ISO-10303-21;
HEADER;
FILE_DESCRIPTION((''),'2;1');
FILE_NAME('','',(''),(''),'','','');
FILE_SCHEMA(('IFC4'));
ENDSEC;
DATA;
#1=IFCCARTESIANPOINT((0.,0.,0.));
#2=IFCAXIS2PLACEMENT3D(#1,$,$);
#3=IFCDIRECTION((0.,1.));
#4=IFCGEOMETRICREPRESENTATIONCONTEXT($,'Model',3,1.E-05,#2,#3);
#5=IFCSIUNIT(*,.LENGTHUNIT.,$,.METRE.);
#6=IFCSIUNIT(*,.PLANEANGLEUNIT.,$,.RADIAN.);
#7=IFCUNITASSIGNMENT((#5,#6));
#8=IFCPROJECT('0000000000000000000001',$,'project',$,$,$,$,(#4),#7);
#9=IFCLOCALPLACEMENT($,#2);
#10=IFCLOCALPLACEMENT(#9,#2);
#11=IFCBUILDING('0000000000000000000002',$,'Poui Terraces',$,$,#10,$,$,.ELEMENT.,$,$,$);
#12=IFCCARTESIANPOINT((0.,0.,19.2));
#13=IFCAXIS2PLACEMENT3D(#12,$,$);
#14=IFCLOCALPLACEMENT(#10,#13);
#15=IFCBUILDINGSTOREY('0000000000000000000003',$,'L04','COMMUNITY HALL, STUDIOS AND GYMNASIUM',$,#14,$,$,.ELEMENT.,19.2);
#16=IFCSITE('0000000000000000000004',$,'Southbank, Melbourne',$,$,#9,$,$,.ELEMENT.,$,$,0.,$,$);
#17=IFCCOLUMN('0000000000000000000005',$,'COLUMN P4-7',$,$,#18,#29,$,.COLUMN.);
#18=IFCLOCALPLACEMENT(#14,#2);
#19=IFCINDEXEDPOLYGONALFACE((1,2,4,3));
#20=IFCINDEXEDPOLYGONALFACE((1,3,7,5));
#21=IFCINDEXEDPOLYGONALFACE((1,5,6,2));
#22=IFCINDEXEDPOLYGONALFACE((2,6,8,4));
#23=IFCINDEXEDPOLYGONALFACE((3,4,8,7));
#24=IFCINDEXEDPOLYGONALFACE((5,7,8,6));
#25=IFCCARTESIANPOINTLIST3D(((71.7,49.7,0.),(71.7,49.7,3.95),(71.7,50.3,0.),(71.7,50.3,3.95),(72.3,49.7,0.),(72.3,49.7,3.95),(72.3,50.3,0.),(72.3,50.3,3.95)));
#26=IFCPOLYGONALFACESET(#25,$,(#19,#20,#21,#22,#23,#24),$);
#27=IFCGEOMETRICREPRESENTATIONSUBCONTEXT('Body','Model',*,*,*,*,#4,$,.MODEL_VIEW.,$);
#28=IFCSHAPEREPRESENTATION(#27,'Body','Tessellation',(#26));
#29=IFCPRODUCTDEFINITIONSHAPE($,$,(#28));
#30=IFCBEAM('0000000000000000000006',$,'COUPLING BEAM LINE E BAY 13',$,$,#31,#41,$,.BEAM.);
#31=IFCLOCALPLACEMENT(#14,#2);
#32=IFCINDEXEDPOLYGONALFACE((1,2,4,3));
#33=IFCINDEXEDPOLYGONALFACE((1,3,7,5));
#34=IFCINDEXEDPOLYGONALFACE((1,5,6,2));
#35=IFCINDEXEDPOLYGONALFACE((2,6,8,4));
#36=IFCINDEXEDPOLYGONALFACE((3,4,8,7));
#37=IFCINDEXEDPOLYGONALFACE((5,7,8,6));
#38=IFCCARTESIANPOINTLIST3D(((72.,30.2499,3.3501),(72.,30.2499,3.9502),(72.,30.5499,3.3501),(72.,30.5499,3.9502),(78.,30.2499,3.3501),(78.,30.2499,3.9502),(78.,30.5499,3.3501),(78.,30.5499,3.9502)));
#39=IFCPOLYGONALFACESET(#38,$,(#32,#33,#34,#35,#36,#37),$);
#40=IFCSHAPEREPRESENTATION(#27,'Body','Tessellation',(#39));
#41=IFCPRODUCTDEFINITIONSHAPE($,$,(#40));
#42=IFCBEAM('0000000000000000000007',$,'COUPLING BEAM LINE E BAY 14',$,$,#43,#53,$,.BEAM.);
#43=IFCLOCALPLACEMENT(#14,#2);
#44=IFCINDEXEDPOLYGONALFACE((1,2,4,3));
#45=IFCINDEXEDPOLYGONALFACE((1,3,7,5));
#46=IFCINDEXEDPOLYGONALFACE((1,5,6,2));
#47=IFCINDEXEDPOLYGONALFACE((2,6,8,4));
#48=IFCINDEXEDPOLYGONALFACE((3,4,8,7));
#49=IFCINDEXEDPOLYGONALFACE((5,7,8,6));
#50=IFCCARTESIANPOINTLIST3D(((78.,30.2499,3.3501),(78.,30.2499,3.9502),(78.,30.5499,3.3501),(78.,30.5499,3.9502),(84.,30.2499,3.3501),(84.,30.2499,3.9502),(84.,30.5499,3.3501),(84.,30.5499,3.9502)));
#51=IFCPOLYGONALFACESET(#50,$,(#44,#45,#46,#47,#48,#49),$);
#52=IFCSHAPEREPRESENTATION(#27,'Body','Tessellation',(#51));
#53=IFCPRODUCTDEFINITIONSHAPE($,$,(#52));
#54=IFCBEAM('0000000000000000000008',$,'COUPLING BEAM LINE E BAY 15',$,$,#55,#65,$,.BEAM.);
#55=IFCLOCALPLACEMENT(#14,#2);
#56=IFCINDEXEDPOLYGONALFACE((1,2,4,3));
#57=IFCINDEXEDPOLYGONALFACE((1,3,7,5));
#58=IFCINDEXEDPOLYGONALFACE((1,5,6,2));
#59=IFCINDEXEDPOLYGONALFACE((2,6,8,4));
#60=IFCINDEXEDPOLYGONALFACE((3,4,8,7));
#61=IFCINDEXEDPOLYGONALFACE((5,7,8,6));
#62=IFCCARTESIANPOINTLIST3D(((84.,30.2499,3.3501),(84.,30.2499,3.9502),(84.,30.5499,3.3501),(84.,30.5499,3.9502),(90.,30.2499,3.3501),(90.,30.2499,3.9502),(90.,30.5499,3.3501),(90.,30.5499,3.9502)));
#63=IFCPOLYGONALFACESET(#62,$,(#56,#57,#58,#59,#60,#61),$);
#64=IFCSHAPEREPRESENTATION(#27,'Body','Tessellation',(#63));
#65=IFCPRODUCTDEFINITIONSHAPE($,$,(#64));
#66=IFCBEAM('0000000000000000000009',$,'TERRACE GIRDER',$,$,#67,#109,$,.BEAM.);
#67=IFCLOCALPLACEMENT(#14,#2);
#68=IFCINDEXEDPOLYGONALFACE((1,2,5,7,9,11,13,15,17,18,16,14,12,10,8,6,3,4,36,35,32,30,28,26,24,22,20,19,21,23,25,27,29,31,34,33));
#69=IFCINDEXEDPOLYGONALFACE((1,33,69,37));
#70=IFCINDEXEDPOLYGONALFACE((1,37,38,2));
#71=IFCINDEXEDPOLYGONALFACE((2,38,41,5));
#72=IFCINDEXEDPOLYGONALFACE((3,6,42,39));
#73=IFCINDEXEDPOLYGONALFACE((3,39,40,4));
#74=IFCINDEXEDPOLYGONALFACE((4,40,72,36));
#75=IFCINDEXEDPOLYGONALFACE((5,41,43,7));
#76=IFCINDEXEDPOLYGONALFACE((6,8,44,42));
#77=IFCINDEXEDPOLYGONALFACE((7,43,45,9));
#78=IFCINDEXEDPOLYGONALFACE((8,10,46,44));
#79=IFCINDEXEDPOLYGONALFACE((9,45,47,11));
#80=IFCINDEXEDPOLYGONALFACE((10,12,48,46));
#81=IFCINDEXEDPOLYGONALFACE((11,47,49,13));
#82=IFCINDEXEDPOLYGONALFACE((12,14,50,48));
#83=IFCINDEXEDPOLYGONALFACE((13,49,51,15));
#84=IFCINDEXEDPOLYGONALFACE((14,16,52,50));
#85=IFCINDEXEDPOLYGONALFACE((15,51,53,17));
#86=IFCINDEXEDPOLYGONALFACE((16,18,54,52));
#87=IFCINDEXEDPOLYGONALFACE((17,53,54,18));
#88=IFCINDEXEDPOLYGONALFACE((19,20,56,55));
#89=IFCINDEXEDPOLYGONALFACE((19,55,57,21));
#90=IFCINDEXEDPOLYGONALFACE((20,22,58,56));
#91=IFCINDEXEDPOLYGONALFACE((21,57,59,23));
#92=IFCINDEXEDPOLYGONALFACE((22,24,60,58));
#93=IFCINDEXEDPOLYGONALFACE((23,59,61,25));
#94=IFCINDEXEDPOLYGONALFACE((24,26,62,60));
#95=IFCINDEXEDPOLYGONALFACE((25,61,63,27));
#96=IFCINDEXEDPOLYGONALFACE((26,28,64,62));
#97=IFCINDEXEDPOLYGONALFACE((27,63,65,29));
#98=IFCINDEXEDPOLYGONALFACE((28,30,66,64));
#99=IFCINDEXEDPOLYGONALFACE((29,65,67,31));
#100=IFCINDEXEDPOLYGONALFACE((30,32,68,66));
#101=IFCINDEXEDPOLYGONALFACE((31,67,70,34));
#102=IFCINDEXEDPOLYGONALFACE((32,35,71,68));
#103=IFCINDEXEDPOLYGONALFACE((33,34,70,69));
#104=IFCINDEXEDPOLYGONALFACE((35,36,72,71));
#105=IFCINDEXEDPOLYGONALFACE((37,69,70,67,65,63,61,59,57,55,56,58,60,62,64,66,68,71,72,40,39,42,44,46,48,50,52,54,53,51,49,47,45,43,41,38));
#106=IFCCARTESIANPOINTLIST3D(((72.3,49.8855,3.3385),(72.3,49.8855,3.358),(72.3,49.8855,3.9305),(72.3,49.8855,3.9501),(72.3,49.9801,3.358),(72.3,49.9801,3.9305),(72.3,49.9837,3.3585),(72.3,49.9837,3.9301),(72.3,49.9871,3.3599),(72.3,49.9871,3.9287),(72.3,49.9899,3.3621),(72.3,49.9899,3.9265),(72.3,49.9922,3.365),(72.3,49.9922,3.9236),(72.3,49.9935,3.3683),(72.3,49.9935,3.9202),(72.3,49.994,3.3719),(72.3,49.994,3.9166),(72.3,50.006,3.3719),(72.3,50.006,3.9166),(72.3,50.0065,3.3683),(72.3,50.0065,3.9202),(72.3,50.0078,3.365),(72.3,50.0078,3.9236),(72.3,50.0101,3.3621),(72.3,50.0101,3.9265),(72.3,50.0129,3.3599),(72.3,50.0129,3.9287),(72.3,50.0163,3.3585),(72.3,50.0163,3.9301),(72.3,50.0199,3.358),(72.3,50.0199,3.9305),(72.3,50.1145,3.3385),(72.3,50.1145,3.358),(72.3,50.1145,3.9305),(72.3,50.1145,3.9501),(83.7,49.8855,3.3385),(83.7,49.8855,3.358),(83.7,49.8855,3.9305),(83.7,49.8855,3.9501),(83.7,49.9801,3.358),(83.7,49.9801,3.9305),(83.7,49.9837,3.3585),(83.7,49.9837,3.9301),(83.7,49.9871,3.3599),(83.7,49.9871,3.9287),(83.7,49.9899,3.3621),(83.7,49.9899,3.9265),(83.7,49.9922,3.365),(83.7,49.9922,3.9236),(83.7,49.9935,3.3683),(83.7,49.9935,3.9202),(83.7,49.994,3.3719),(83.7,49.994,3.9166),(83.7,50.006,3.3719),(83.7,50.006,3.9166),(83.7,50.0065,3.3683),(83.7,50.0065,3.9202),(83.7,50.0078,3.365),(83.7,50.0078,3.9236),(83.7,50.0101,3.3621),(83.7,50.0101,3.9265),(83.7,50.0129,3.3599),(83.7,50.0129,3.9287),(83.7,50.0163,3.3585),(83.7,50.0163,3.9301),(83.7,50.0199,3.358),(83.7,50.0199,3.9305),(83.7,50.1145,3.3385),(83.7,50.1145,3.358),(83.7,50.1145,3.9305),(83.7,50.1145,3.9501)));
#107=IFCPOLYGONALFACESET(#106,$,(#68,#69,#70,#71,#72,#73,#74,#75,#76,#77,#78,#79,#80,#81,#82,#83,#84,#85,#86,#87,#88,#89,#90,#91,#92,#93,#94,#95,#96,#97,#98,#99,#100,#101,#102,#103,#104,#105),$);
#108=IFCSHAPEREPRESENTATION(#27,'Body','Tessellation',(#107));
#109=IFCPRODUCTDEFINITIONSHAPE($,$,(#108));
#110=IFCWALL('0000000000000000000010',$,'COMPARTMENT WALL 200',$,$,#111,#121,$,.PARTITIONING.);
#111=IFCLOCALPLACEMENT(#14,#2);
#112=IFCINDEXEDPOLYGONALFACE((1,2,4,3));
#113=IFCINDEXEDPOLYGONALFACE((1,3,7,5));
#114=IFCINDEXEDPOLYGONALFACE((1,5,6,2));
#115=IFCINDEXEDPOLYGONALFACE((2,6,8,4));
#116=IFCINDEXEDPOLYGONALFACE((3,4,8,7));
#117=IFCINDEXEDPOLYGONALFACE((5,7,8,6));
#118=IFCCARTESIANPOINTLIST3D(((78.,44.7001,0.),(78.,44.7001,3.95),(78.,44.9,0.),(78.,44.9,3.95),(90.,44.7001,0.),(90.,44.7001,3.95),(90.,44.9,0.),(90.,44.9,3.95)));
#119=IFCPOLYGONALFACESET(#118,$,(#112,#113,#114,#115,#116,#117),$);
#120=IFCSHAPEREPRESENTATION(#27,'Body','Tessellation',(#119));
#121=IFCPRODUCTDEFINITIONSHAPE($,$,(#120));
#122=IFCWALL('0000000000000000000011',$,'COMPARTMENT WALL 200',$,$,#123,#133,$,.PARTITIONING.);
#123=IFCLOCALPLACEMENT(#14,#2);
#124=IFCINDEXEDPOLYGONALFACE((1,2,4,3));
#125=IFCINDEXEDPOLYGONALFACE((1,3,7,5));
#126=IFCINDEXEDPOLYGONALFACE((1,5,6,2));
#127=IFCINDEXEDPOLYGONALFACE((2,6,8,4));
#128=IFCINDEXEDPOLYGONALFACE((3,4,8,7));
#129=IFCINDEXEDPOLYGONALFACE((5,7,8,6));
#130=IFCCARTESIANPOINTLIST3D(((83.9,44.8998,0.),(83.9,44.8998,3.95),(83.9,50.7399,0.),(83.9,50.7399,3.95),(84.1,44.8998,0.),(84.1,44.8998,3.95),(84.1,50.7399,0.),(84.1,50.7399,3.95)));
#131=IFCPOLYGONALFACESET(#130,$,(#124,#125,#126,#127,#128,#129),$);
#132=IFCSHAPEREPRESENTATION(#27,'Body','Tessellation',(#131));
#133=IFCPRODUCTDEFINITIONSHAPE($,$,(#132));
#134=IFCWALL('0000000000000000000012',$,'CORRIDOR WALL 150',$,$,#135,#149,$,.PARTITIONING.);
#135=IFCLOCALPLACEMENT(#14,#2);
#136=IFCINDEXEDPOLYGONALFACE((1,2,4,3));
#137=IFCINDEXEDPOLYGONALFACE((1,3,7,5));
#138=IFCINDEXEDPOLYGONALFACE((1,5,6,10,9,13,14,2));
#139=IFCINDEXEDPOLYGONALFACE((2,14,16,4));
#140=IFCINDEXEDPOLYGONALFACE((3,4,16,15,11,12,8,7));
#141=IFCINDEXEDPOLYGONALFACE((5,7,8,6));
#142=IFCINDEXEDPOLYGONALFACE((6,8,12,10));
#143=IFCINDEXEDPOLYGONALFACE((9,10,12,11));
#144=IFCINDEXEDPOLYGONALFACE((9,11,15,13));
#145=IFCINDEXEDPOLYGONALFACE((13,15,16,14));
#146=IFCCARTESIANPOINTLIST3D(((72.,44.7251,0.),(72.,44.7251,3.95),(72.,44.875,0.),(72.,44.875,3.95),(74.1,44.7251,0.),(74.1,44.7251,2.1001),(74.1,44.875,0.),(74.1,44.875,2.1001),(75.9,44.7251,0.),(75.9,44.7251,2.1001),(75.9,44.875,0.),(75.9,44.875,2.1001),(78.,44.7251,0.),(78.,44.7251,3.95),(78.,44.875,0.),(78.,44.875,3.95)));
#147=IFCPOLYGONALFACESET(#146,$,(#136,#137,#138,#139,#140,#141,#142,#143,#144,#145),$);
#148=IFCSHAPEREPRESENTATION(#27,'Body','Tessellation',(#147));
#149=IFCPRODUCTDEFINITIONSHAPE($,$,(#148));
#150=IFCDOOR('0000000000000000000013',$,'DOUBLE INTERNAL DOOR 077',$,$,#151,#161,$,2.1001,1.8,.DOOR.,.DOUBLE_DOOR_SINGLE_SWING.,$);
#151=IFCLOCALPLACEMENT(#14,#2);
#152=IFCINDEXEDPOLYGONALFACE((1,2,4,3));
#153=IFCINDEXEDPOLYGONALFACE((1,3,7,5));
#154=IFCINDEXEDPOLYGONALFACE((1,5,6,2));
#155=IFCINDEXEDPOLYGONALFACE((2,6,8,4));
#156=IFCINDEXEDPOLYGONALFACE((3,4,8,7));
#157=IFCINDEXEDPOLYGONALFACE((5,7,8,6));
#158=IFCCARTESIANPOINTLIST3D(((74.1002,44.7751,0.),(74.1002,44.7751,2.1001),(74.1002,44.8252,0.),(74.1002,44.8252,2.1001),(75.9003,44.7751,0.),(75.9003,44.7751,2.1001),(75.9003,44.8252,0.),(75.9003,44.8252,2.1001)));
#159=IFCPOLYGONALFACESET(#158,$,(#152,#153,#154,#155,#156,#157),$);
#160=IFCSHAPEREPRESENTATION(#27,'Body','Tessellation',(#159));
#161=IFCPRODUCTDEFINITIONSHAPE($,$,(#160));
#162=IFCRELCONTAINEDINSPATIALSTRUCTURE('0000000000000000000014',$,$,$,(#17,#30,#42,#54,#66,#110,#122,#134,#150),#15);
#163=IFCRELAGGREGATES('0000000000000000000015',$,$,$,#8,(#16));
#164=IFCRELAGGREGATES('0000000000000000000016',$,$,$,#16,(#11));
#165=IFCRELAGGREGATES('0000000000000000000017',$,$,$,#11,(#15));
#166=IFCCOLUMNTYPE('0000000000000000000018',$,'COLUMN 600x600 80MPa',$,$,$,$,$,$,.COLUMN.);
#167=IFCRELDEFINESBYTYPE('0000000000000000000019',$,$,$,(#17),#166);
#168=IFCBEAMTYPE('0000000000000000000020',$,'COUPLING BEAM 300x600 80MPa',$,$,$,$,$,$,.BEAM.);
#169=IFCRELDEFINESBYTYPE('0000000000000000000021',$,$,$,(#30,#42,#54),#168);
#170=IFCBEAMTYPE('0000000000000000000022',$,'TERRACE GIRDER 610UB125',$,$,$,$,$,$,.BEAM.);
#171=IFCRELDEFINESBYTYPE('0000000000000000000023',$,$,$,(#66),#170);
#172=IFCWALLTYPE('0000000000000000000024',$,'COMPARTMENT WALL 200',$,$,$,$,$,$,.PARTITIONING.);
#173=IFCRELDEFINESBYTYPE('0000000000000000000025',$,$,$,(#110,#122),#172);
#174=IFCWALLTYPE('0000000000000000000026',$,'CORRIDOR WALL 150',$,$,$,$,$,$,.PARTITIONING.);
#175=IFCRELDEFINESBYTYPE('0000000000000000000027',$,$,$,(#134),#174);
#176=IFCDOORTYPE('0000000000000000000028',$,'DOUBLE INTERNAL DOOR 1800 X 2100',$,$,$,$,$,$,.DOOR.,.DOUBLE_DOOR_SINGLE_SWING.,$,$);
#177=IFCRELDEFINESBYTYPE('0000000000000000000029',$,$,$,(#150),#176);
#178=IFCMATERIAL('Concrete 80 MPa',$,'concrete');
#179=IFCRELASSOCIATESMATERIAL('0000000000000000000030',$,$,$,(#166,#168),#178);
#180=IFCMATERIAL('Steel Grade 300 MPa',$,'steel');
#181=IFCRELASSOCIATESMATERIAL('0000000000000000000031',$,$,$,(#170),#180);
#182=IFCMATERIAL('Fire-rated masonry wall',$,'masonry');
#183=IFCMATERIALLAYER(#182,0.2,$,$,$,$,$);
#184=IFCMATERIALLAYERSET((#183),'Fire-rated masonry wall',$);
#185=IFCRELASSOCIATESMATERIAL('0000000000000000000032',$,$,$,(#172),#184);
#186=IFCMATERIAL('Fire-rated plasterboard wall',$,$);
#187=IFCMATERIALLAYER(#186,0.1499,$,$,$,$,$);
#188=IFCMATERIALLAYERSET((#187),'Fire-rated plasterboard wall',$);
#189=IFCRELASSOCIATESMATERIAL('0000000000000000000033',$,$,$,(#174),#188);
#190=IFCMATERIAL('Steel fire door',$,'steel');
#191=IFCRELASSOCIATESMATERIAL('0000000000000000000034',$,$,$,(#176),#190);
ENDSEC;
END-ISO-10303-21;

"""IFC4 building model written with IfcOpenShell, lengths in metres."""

from ifc_helpers import new_model, si_unit, direction, frame, frame_2d, origin, origin_2d, place, context, subcontext, project, spatial, rectangle, i_section, extrude, source, transform, mapped, material, layer, layer_set, material_profile, profile_set, type_object, element, fill, save


model = new_model("IFC4")

# Units and contexts
model_context = context("Model", 3, precision=1e-05, world=origin(), true_north=direction((0.0, 1.0)))
body_context = subcontext(model_context, "Body", "Model", "MODEL_VIEW")
ifc_project = project(units=[si_unit("LENGTHUNIT", "METRE"), si_unit("PLANEANGLEUNIT", "RADIAN")], contexts=[model_context])

# Site, building, storey
site_placement = place(None, origin())
site = spatial("IfcSite", under=ifc_project, at=site_placement, Name="Southbank, Melbourne", CompositionType="ELEMENT", RefElevation=0.0)
building_placement = place(site_placement, origin())
building = spatial("IfcBuilding", under=site, at=building_placement, Name="Poui Terraces", CompositionType="ELEMENT")
storey_placement = place(building_placement, frame((0.0, 0.0, 19.2)))
storey = spatial("IfcBuildingStorey", under=building, at=storey_placement, Name="L04", Description="COMMUNITY HALL, STUDIOS AND GYMNASIUM", CompositionType="ELEMENT", Elevation=19.2)

# Column
ifc_material_1 = material(Name="Concrete 80 MPa", Category="concrete")
ifc_material_profile_1 = material_profile(ifc_material_1, rectangle(XDim=0.6001, YDim=0.6001, at=origin_2d()), Name="RC 600x600")
ifc_profile_set_1 = profile_set([ifc_material_profile_1], Name="Concrete 80 MPa")
column_type = type_object("IfcColumnType", Name="COLUMN 600x600 80MPa", PredefinedType="COLUMN", material=ifc_profile_set_1)
shared_shape_1 = source(origin(), body_context, "Body", "SweptSolid", [
    extrude(rectangle(XDim=0.6001, YDim=0.6001, at=origin_2d()), origin(), (0.0, 0.0, 1.0), 3.95),
])
column_placement = place(storey_placement, frame((72.0, 50.0, 0.0), z_axis=(0.0, 0.0, 1.0), x_axis=(1.0, 0.0, 0.0)))
element("IfcColumn", 1, at=column_placement, inside=storey, type_object=column_type, Name="COLUMN P4-7", PredefinedType="COLUMN", context=body_context, shape_type="MappedRepresentation", body=[
    mapped(shared_shape_1, transform((0.0, 0.0, 0.0))),
])

# Beams
ifc_material_profile_2 = material_profile(ifc_material_1, rectangle(XDim=0.3, YDim=0.6001, at=origin_2d()), Name="RC 300x600")
ifc_profile_set_2 = profile_set([ifc_material_profile_2], Name="Concrete 80 MPa")
beam_type_1 = type_object("IfcBeamType", Name="COUPLING BEAM 300x600 80MPa", PredefinedType="BEAM", material=ifc_profile_set_2)
shared_shape_2 = source(origin(), body_context, "Body", "SweptSolid", [
    extrude(rectangle(XDim=0.3, YDim=0.6001, at=origin_2d()), origin(), (0.0, 0.0, 1.0), 6.0),
])
for number, where, z_axis, x_axis, name in (
    (2, (72.0, 30.3999, 3.6501), (1.0, 0.0, 0.0), (0.0, 1.0, 0.0), "COUPLING BEAM LINE E BAY 13"),
    (3, (78.0, 30.3999, 3.6501), (1.0, 0.0, 0.0), (0.0, 1.0, 0.0), "COUPLING BEAM LINE E BAY 14"),
    (4, (84.0, 30.3999, 3.6501), (1.0, 0.0, 0.0), (0.0, 1.0, 0.0), "COUPLING BEAM LINE E BAY 15"),
):
    element("IfcBeam", number, at=place(storey_placement, frame(where, z_axis=z_axis, x_axis=x_axis)), inside=storey, type_object=beam_type_1, Name=name, PredefinedType="BEAM", context=body_context, shape_type="MappedRepresentation", body=[
        mapped(shared_shape_2, transform((0.0, 0.0, 0.0))),
    ])
ifc_material_2 = material(Name="Steel Grade 300 MPa", Category="steel")
ifc_material_profile_3 = material_profile(ifc_material_2, i_section(OverallWidth=0.229, OverallDepth=0.6116, WebThickness=0.012, FlangeThickness=0.0195, FilletRadius=0.0139, at=origin_2d()), Name="610UB125")
ifc_profile_set_3 = profile_set([ifc_material_profile_3], Name="Steel Grade 300 MPa")
beam_type_2 = type_object("IfcBeamType", Name="TERRACE GIRDER 610UB125", PredefinedType="BEAM", material=ifc_profile_set_3)
shared_shape_3 = source(origin(), body_context, "Body", "SweptSolid", [
    extrude(i_section(OverallWidth=0.229, OverallDepth=0.6116, WebThickness=0.012, FlangeThickness=0.0195, FilletRadius=0.0139, at=origin_2d()), origin(), (0.0, 0.0, 1.0), 11.3999),
])
beam_placement = place(storey_placement, frame((72.3, 50.0, 3.6443), z_axis=(1.0, 0.0, 0.0), x_axis=(0.0, 1.0, 0.0)))
element("IfcBeam", 5, at=beam_placement, inside=storey, type_object=beam_type_2, Name="TERRACE GIRDER", PredefinedType="BEAM", context=body_context, shape_type="MappedRepresentation", body=[
    mapped(shared_shape_3, transform((0.0, 0.0, 0.0))),
])

# Walls
ifc_material_3 = material(Name="Fire-rated masonry wall", Category="masonry")
ifc_layer_1 = layer(ifc_material_3, 0.2)
ifc_layer_set_1 = layer_set([ifc_layer_1], Name="Fire-rated masonry wall")
wall_type_1 = type_object("IfcWallType", Name="COMPARTMENT WALL 200", PredefinedType="PARTITIONING", material=ifc_layer_set_1)
wall_1_placement = place(storey_placement, frame((78.0, 44.8, 0.0), z_axis=(0.0, 0.0, 1.0), x_axis=(1.0, 0.0, 0.0)))
element("IfcWall", 6, at=wall_1_placement, inside=storey, type_object=wall_type_1, Name="COMPARTMENT WALL 200", PredefinedType="PARTITIONING", context=body_context, shape_type="SweptSolid", body=[
    extrude(rectangle(XDim=12.0, YDim=0.2, at=frame_2d((6.0, 0.0))), origin(), (0.0, 0.0, 1.0), 3.95),
])
wall_2_placement = place(storey_placement, frame((84.0, 44.8999, 0.0), z_axis=(0.0, 0.0, 1.0), x_axis=(0.0, 1.0, 0.0)))
element("IfcWall", 7, at=wall_2_placement, inside=storey, type_object=wall_type_1, Name="COMPARTMENT WALL 200", PredefinedType="PARTITIONING", context=body_context, shape_type="SweptSolid", body=[
    extrude(rectangle(XDim=5.8401, YDim=0.2, at=frame_2d((2.9199, 0.0))), origin(), (0.0, 0.0, 1.0), 3.95),
])

# Wall, opening, door
ifc_material_4 = material(Name="Fire-rated plasterboard wall")
ifc_layer_2 = layer(ifc_material_4, 0.1499)
ifc_layer_set_2 = layer_set([ifc_layer_2], Name="Fire-rated plasterboard wall")
wall_type_2 = type_object("IfcWallType", Name="CORRIDOR WALL 150", PredefinedType="PARTITIONING", material=ifc_layer_set_2)
wall_3_placement = place(storey_placement, frame((72.0, 44.8, 0.0), z_axis=(0.0, 0.0, 1.0), x_axis=(1.0, 0.0, 0.0)))
wall_3 = element("IfcWall", 8, at=wall_3_placement, inside=storey, type_object=wall_type_2, Name="CORRIDOR WALL 150", PredefinedType="PARTITIONING", context=body_context, shape_type="SweptSolid", body=[
    extrude(rectangle(XDim=6.0, YDim=0.1499, at=frame_2d((3.0, 0.0))), origin(), (0.0, 0.0, 1.0), 3.95),
])
opening_1_placement = place(wall_3_placement, frame((2.1001, 0.0, 0.0)))
opening_1 = element("IfcOpeningElement", 9, at=opening_1_placement, cuts=wall_3, PredefinedType="OPENING", context=body_context, shape_type="SweptSolid", body=[
    extrude(rectangle(XDim=1.8, YDim=2.1001, at=frame_2d((0.8999, 1.05))), frame((0.0, 0.085, 0.0), z_axis=(0.0, -1.0, 0.0), x_axis=(1.0, 0.0, 0.0)), (0.0, 0.0, 1.0), 0.1699),
])
ifc_material_5 = material(Name="Steel fire door", Category="steel")
door_type_1 = type_object("IfcDoorType", Name="DOUBLE INTERNAL DOOR 1800 X 2100", OperationType="DOUBLE_DOOR_SINGLE_SWING", PredefinedType="DOOR", material=ifc_material_5)
door_1_placement = place(opening_1_placement, frame((1.8, 0.0, 0.0), z_axis=(0.0, 0.0, 1.0), x_axis=(-1.0, 0.0, 0.0)))
door_1 = element("IfcDoor", 10, at=door_1_placement, inside=storey, type_object=door_type_1, Name="DOUBLE INTERNAL DOOR 077", OperationType="DOUBLE_DOOR_SINGLE_SWING", OverallHeight=2.1001, OverallWidth=1.8, PredefinedType="DOOR", context=body_context, shape_type="SweptSolid", body=[
    extrude(rectangle(XDim=1.8, YDim=2.1001, at=frame_2d((0.8999, 1.05))), frame((0.0, 0.0249, 0.0), z_axis=(0.0, -1.0, 0.0), x_axis=(1.0, 0.0, 0.0)), (0.0, 0.0, 1.0), 0.05),
])
fill(opening_1, door_1)

save(model, "model.ifc")
